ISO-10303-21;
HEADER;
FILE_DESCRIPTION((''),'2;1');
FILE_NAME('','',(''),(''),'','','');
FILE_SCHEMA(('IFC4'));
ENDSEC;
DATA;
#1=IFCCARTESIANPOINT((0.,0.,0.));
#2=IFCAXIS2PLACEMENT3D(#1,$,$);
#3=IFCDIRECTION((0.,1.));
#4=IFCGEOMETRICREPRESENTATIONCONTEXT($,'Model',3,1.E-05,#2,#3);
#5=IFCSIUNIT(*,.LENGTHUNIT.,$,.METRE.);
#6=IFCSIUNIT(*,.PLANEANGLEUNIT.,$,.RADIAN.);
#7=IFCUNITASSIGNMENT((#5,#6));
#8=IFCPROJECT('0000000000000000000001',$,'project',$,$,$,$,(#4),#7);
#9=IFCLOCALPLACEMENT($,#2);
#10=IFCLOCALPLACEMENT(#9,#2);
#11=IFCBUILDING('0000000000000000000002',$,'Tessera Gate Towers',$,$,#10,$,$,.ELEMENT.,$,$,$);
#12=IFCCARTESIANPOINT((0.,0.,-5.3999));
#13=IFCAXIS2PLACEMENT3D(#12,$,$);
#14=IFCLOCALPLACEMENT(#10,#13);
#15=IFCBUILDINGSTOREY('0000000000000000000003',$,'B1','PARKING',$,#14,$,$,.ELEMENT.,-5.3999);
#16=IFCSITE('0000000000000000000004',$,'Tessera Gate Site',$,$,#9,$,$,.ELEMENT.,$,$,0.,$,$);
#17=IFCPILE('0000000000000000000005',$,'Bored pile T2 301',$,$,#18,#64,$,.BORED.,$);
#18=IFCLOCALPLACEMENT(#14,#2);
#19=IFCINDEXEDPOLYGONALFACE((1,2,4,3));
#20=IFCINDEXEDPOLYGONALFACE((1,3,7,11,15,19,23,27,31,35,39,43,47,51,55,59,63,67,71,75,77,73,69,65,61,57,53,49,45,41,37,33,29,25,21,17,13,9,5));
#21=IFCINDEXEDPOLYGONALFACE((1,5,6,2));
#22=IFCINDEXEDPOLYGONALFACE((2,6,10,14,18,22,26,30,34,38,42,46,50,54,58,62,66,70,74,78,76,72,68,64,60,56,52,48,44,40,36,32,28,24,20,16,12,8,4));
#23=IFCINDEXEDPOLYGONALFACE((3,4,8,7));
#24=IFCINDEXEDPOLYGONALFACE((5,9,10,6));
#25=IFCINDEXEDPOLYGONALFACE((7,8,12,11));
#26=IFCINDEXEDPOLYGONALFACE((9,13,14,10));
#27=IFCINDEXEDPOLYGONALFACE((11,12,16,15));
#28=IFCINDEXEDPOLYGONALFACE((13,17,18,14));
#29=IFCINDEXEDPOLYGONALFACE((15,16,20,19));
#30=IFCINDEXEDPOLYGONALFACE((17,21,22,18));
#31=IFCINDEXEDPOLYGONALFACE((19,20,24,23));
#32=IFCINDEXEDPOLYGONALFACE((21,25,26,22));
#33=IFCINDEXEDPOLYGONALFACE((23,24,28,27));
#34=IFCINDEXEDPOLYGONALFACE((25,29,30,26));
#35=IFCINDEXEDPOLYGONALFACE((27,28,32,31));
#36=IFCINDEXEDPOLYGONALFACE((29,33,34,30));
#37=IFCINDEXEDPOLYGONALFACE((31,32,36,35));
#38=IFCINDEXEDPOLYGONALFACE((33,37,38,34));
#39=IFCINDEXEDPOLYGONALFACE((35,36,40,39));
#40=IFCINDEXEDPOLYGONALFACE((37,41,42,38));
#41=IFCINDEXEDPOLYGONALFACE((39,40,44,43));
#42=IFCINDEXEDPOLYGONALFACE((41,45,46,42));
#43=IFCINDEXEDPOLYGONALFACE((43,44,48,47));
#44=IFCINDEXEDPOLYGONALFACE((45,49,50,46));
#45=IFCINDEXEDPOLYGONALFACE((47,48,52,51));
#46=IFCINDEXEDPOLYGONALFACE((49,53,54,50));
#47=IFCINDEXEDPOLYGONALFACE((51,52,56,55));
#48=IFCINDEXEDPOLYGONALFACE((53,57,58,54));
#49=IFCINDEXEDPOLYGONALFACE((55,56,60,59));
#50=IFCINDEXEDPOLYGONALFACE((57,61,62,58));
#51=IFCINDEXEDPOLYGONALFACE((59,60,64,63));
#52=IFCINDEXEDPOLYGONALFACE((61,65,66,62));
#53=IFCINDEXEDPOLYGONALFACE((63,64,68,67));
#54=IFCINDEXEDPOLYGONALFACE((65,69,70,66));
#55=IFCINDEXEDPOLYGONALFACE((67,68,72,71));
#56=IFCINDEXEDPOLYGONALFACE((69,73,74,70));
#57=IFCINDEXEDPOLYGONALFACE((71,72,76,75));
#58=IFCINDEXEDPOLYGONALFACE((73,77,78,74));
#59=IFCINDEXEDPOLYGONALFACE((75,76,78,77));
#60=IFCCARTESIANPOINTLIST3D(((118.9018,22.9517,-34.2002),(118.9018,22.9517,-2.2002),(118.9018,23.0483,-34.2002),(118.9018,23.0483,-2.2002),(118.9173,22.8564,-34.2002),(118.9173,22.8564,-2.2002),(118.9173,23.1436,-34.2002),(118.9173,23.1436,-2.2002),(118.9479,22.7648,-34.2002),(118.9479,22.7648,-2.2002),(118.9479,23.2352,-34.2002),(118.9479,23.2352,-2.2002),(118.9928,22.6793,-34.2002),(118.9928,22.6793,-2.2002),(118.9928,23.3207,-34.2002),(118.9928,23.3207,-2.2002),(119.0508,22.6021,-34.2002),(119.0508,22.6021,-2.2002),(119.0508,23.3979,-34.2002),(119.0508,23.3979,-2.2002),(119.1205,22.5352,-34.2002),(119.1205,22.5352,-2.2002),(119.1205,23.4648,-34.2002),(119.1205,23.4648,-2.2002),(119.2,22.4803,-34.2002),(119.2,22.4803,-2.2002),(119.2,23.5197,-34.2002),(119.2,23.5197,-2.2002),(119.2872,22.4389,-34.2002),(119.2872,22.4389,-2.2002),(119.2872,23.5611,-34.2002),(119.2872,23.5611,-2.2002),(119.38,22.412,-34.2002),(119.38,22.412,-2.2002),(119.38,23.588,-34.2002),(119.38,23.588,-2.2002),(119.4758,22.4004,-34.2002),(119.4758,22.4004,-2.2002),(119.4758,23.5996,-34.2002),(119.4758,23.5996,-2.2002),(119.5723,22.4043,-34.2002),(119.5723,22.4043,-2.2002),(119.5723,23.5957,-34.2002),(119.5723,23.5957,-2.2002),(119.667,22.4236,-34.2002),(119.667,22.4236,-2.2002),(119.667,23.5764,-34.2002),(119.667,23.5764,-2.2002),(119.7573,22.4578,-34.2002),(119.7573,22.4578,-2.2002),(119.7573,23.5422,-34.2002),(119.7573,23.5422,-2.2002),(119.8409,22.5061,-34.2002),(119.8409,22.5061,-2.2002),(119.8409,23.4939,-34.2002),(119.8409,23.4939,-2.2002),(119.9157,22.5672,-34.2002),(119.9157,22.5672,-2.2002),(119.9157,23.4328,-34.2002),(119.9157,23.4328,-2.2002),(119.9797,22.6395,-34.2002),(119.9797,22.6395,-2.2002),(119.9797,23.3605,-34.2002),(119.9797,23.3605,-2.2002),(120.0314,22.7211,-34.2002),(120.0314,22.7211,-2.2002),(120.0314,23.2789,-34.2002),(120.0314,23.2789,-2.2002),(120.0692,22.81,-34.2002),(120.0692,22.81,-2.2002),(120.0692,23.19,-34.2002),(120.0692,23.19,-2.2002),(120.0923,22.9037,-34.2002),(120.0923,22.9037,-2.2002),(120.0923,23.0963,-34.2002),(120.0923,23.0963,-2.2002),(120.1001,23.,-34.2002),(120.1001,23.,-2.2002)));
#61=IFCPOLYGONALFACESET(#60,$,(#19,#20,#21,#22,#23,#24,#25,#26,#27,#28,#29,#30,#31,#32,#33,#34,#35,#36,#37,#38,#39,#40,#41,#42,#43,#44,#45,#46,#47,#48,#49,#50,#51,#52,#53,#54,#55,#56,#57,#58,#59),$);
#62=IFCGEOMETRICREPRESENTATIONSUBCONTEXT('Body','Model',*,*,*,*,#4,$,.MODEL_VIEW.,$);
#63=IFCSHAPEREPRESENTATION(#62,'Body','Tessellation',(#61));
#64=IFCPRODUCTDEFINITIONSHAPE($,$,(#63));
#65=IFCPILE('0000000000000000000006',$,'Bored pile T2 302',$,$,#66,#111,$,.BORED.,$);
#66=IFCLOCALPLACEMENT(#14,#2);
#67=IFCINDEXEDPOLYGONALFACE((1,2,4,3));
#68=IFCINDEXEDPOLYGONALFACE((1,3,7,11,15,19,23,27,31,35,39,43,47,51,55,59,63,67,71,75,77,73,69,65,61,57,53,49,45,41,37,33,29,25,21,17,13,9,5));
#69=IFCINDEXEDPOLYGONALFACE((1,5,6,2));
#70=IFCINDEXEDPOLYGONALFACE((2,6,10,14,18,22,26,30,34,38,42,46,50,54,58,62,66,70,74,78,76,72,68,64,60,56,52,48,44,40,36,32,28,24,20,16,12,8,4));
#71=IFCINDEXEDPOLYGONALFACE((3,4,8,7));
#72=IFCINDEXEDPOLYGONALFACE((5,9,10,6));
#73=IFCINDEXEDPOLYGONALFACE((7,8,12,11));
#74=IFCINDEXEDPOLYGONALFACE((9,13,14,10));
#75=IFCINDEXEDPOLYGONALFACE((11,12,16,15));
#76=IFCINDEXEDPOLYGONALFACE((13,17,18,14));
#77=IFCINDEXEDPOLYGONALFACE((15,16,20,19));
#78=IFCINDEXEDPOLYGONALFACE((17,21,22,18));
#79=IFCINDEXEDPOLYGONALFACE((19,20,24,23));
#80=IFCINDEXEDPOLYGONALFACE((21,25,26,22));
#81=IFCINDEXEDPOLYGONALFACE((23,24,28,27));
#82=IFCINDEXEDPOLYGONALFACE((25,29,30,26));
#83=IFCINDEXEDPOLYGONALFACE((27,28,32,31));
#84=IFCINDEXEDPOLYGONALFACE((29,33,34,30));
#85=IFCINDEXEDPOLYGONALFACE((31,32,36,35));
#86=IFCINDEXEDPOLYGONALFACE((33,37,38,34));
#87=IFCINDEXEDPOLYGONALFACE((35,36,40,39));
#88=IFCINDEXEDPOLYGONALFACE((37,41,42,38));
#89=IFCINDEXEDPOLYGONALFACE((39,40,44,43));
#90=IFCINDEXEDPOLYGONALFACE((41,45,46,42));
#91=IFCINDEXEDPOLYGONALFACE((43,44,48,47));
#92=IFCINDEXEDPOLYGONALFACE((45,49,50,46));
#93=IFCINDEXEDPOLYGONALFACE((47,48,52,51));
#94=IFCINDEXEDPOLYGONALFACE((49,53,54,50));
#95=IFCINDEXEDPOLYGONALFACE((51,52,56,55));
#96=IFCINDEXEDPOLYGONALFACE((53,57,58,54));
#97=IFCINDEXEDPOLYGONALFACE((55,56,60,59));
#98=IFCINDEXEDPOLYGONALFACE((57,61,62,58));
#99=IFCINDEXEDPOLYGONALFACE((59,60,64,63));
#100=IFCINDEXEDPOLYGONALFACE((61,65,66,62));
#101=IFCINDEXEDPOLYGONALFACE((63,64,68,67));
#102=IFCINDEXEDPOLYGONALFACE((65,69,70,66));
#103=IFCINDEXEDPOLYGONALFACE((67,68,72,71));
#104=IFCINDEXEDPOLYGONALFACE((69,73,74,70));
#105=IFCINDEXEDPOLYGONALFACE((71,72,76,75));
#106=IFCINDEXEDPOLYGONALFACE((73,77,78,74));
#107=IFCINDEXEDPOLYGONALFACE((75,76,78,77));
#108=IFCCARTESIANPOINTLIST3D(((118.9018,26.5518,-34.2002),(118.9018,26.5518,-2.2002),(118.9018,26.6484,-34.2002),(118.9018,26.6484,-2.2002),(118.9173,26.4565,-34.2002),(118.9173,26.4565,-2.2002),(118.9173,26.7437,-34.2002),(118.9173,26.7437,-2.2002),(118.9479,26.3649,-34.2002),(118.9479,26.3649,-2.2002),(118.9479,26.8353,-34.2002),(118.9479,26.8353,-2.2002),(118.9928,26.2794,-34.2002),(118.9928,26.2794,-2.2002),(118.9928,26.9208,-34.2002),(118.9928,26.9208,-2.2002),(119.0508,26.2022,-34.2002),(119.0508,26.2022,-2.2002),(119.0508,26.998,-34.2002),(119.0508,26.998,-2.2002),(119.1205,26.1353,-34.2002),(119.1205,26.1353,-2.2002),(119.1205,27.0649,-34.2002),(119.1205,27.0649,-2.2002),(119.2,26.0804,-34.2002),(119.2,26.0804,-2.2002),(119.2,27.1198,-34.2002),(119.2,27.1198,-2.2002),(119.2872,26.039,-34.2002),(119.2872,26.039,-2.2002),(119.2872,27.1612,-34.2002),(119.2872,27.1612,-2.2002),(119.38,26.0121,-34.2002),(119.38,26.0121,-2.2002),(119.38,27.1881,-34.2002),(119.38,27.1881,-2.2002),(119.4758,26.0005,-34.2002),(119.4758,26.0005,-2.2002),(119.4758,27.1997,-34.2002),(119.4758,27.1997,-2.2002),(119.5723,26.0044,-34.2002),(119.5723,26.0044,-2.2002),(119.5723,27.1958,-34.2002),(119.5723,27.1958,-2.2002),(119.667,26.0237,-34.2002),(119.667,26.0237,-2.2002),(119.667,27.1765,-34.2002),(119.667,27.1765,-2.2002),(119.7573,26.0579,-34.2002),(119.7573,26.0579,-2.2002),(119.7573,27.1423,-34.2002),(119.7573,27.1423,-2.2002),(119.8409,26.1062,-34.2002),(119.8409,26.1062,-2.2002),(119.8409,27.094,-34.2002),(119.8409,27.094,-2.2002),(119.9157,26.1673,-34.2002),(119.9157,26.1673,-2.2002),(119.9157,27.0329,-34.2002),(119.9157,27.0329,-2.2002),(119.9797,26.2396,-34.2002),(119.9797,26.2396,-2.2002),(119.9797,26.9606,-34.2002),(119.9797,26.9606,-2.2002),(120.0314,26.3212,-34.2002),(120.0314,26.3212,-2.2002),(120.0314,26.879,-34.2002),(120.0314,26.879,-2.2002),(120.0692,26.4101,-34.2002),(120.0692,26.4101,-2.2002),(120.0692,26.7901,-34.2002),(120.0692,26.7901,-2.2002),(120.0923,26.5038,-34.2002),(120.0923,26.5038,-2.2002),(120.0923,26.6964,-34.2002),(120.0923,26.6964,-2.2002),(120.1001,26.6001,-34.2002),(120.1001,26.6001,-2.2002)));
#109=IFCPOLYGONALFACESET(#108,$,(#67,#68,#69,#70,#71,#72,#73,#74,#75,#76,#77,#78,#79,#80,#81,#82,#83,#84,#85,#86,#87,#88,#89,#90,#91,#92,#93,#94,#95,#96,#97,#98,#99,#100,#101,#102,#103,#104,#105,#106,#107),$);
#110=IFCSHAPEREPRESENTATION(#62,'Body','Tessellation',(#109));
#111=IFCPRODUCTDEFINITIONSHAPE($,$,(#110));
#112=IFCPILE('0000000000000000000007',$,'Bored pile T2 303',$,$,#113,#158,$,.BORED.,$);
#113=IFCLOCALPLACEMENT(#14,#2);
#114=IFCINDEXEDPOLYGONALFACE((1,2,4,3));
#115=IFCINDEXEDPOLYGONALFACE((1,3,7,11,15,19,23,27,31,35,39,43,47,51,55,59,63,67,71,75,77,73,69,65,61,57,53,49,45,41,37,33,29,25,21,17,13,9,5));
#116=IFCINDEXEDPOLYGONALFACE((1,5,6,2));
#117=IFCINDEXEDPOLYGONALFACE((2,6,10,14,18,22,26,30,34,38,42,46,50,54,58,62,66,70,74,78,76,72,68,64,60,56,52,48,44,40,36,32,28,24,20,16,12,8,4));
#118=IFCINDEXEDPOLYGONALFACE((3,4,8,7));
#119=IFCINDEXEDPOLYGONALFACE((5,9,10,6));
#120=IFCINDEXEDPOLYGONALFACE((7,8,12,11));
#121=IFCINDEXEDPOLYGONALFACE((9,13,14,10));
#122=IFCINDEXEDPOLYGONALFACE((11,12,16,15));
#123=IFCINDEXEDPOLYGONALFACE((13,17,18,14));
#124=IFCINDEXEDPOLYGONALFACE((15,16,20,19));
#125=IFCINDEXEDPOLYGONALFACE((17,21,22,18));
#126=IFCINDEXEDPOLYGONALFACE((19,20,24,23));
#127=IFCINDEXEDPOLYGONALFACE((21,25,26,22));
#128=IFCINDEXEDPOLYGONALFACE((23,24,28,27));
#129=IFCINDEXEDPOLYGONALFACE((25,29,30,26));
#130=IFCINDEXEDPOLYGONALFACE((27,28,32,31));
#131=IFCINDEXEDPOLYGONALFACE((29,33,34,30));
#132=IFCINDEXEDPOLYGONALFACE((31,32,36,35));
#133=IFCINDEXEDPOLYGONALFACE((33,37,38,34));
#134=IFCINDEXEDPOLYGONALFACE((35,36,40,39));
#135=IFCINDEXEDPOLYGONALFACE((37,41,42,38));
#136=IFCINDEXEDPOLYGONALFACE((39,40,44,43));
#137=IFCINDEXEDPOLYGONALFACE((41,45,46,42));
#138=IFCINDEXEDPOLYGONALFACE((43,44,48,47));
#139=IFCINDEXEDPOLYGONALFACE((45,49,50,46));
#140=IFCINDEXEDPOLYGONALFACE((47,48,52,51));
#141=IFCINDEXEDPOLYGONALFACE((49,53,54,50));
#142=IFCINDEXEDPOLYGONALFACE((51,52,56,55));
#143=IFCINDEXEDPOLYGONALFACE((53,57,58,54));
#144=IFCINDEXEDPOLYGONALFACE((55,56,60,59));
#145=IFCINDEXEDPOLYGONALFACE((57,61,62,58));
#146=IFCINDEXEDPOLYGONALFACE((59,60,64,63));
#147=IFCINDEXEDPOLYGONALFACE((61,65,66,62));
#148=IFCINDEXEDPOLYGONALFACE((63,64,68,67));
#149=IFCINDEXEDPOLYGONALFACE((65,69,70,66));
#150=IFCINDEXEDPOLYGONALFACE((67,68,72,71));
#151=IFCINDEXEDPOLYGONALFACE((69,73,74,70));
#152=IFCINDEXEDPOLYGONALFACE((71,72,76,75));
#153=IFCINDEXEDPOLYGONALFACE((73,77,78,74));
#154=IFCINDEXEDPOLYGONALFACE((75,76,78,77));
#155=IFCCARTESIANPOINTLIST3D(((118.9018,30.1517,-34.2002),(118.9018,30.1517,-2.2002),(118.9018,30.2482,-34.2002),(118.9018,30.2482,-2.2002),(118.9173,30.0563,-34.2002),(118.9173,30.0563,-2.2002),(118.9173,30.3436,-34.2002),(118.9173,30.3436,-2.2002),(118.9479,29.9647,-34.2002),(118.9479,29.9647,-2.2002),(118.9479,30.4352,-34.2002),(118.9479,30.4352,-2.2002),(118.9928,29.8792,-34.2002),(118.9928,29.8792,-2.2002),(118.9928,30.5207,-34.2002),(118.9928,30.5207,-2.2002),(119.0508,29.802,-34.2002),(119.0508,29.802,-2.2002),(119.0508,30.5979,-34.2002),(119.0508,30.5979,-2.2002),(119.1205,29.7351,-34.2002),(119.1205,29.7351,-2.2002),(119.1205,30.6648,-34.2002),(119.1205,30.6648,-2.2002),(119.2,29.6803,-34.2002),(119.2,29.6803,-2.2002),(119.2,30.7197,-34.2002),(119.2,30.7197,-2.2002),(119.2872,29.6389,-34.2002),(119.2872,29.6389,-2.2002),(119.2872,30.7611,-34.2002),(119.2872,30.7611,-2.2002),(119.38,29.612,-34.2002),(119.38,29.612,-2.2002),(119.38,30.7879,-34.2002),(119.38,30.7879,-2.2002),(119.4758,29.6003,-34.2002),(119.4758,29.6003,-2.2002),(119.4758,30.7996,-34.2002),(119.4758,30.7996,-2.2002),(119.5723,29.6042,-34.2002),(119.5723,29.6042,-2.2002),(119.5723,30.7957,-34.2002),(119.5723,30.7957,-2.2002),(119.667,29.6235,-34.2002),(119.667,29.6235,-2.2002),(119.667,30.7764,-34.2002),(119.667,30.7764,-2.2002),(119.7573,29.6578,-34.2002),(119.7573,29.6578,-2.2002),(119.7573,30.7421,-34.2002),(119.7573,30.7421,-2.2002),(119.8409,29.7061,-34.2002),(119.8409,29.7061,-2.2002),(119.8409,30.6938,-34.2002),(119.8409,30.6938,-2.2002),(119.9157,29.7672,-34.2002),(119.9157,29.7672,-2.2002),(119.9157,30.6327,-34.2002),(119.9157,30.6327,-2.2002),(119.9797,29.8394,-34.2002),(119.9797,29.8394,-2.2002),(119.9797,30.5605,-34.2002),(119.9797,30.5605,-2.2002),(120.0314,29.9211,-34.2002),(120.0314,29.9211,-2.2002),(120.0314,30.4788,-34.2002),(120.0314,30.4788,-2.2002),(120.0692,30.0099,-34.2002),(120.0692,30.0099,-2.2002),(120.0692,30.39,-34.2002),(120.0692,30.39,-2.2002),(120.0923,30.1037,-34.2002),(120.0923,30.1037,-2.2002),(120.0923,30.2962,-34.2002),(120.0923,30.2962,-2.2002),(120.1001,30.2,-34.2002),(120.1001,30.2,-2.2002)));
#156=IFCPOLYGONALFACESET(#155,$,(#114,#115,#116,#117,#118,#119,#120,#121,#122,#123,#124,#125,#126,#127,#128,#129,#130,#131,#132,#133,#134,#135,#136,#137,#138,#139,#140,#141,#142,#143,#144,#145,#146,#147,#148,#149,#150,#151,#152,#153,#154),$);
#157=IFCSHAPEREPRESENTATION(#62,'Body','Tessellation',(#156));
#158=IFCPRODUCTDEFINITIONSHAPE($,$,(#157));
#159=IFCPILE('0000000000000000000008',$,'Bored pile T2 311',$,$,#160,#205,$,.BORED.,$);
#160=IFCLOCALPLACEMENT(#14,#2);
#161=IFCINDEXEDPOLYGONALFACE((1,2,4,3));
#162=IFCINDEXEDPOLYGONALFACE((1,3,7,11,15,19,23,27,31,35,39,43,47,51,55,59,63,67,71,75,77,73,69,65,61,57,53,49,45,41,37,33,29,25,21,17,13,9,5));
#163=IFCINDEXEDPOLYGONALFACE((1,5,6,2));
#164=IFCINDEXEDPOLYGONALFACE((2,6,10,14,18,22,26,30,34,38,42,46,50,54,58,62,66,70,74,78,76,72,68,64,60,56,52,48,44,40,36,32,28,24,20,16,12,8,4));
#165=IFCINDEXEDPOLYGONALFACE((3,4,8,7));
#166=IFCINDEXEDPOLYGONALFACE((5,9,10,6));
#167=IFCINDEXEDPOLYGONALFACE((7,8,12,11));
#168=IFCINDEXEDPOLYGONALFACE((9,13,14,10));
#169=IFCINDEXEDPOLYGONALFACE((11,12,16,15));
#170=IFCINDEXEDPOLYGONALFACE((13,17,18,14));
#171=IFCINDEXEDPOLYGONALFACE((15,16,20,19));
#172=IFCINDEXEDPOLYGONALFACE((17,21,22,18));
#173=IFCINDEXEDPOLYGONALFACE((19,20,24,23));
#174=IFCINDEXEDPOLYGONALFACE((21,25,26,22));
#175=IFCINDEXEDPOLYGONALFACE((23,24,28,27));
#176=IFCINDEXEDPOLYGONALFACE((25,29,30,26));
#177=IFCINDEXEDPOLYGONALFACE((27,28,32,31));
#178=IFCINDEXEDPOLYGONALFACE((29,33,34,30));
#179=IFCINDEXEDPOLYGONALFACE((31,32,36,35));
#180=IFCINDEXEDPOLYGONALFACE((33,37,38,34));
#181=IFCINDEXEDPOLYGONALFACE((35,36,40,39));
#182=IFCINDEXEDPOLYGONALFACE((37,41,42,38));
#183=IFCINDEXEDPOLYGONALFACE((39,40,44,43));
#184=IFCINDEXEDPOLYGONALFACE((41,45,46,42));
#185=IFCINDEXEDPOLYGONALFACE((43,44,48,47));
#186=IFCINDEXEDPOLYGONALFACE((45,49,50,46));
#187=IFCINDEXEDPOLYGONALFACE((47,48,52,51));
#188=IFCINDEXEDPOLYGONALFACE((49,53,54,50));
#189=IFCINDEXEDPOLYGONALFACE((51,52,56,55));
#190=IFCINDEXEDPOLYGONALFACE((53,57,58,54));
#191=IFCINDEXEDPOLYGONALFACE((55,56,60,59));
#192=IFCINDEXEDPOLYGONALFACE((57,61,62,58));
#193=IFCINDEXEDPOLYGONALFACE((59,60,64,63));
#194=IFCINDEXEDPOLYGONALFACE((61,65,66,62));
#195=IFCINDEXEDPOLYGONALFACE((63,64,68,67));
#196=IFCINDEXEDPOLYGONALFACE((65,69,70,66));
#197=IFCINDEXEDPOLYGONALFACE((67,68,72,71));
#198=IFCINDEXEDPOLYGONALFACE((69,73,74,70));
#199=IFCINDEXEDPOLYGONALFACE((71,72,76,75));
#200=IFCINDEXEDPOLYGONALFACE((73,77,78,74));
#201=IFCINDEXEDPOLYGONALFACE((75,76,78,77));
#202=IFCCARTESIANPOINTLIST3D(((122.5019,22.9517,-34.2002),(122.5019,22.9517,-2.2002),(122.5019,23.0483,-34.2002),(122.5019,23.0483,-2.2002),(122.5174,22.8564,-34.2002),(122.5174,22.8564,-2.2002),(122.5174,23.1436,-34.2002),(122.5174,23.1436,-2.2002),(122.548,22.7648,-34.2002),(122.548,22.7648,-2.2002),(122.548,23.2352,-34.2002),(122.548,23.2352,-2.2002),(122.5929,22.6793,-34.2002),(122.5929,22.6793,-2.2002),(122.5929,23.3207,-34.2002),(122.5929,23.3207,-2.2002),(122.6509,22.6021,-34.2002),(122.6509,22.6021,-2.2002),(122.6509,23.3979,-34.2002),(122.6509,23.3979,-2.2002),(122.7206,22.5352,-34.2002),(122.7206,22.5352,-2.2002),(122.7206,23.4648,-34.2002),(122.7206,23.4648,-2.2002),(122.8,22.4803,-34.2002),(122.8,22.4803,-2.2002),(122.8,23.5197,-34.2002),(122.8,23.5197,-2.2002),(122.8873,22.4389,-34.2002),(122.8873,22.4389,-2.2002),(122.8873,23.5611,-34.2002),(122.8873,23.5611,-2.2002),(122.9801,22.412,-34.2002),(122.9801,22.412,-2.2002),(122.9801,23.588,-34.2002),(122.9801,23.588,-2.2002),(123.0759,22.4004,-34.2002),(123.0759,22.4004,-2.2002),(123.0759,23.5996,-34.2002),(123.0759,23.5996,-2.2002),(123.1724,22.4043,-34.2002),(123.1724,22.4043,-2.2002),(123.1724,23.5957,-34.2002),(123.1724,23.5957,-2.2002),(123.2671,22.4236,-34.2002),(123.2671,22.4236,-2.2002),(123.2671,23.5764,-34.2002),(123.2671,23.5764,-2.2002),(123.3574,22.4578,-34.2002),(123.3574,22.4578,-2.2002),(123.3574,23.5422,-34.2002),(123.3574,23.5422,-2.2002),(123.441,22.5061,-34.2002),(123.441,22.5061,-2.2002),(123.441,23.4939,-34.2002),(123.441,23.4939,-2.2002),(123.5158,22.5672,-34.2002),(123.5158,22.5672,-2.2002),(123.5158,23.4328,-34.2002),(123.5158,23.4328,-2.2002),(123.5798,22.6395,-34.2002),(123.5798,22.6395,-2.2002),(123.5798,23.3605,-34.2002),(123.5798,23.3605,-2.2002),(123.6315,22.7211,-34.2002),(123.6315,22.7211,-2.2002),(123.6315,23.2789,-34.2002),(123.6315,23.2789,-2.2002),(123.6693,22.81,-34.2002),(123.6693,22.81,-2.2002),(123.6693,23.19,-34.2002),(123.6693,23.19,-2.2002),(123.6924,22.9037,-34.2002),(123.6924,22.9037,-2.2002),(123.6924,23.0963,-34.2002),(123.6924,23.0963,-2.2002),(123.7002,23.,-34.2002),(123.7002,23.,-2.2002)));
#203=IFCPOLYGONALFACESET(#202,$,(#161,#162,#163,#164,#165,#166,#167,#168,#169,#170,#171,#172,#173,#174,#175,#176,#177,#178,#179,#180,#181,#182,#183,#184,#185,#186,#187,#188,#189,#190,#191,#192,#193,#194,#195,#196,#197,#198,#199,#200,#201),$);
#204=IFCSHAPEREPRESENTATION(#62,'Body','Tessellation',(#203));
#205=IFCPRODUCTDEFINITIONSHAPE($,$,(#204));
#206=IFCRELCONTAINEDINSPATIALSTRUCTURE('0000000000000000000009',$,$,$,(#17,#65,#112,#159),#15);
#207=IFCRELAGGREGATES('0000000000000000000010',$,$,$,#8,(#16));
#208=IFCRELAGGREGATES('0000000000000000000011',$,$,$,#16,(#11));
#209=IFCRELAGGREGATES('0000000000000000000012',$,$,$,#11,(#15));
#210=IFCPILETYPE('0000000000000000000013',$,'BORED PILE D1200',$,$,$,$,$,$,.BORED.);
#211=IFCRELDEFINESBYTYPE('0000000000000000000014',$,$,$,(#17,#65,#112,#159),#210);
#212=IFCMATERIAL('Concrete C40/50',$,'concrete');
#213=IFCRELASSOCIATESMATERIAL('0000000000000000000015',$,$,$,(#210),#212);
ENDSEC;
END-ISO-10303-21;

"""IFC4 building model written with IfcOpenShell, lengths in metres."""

from ifc_helpers import new_model, si_unit, direction, frame, origin, origin_2d, place, context, subcontext, project, spatial, circle, extrude, material, material_profile, profile_set, type_object, element, save


model = new_model("IFC4")

# Units and contexts
model_context = context("Model", 3, precision=1e-05, world=origin(), true_north=direction((0.0, 1.0)))
body_context = subcontext(model_context, "Body", "Model", "MODEL_VIEW")
ifc_project = project(units=[si_unit("LENGTHUNIT", "METRE"), si_unit("PLANEANGLEUNIT", "RADIAN")], contexts=[model_context])

# Site, building, storey
site_placement = place(None, origin())
site = spatial("IfcSite", under=ifc_project, at=site_placement, Name="Tessera Gate Site", CompositionType="ELEMENT", RefElevation=0.0)
building_placement = place(site_placement, origin())
building = spatial("IfcBuilding", under=site, at=building_placement, Name="Tessera Gate Towers", CompositionType="ELEMENT")
storey_placement = place(building_placement, frame((0.0, 0.0, -5.3999)))
storey = spatial("IfcBuildingStorey", under=building, at=storey_placement, Name="B1", Description="PARKING", CompositionType="ELEMENT", Elevation=-5.3999)

# Piles
ifc_material_1 = material(Name="Concrete C40/50", Category="concrete")
ifc_material_profile_1 = material_profile(ifc_material_1, circle(Radius=0.6001, at=origin_2d()), Name="BORED PILE D1200")
ifc_profile_set_1 = profile_set([ifc_material_profile_1], Name="Concrete C40/50")
pile_type = type_object("IfcPileType", Name="BORED PILE D1200", PredefinedType="BORED", material=ifc_profile_set_1)
for number, where, z_axis, x_axis, name in (
    (1, (119.5, 23.0, -2.2002), (0.0, 0.0, -1.0), (1.0, 0.0, 0.0), "Bored pile T2 301"),
    (2, (119.5, 26.6001, -2.2002), (0.0, 0.0, -1.0), (1.0, 0.0, 0.0), "Bored pile T2 302"),
    (3, (119.5, 30.2, -2.2002), (0.0, 0.0, -1.0), (1.0, 0.0, 0.0), "Bored pile T2 303"),
    (4, (123.1001, 23.0, -2.2002), (0.0, 0.0, -1.0), (1.0, 0.0, 0.0), "Bored pile T2 311"),
):
    element("IfcPile", number, at=place(storey_placement, frame(where, z_axis=z_axis, x_axis=x_axis)), inside=storey, type_object=pile_type, Name=name, PredefinedType="BORED", context=body_context, shape_type="SweptSolid", body=[
        extrude(circle(Radius=0.6001, at=origin_2d()), origin(), (0.0, 0.0, 1.0), 32.0),
    ])

save(model, "model.ifc")
